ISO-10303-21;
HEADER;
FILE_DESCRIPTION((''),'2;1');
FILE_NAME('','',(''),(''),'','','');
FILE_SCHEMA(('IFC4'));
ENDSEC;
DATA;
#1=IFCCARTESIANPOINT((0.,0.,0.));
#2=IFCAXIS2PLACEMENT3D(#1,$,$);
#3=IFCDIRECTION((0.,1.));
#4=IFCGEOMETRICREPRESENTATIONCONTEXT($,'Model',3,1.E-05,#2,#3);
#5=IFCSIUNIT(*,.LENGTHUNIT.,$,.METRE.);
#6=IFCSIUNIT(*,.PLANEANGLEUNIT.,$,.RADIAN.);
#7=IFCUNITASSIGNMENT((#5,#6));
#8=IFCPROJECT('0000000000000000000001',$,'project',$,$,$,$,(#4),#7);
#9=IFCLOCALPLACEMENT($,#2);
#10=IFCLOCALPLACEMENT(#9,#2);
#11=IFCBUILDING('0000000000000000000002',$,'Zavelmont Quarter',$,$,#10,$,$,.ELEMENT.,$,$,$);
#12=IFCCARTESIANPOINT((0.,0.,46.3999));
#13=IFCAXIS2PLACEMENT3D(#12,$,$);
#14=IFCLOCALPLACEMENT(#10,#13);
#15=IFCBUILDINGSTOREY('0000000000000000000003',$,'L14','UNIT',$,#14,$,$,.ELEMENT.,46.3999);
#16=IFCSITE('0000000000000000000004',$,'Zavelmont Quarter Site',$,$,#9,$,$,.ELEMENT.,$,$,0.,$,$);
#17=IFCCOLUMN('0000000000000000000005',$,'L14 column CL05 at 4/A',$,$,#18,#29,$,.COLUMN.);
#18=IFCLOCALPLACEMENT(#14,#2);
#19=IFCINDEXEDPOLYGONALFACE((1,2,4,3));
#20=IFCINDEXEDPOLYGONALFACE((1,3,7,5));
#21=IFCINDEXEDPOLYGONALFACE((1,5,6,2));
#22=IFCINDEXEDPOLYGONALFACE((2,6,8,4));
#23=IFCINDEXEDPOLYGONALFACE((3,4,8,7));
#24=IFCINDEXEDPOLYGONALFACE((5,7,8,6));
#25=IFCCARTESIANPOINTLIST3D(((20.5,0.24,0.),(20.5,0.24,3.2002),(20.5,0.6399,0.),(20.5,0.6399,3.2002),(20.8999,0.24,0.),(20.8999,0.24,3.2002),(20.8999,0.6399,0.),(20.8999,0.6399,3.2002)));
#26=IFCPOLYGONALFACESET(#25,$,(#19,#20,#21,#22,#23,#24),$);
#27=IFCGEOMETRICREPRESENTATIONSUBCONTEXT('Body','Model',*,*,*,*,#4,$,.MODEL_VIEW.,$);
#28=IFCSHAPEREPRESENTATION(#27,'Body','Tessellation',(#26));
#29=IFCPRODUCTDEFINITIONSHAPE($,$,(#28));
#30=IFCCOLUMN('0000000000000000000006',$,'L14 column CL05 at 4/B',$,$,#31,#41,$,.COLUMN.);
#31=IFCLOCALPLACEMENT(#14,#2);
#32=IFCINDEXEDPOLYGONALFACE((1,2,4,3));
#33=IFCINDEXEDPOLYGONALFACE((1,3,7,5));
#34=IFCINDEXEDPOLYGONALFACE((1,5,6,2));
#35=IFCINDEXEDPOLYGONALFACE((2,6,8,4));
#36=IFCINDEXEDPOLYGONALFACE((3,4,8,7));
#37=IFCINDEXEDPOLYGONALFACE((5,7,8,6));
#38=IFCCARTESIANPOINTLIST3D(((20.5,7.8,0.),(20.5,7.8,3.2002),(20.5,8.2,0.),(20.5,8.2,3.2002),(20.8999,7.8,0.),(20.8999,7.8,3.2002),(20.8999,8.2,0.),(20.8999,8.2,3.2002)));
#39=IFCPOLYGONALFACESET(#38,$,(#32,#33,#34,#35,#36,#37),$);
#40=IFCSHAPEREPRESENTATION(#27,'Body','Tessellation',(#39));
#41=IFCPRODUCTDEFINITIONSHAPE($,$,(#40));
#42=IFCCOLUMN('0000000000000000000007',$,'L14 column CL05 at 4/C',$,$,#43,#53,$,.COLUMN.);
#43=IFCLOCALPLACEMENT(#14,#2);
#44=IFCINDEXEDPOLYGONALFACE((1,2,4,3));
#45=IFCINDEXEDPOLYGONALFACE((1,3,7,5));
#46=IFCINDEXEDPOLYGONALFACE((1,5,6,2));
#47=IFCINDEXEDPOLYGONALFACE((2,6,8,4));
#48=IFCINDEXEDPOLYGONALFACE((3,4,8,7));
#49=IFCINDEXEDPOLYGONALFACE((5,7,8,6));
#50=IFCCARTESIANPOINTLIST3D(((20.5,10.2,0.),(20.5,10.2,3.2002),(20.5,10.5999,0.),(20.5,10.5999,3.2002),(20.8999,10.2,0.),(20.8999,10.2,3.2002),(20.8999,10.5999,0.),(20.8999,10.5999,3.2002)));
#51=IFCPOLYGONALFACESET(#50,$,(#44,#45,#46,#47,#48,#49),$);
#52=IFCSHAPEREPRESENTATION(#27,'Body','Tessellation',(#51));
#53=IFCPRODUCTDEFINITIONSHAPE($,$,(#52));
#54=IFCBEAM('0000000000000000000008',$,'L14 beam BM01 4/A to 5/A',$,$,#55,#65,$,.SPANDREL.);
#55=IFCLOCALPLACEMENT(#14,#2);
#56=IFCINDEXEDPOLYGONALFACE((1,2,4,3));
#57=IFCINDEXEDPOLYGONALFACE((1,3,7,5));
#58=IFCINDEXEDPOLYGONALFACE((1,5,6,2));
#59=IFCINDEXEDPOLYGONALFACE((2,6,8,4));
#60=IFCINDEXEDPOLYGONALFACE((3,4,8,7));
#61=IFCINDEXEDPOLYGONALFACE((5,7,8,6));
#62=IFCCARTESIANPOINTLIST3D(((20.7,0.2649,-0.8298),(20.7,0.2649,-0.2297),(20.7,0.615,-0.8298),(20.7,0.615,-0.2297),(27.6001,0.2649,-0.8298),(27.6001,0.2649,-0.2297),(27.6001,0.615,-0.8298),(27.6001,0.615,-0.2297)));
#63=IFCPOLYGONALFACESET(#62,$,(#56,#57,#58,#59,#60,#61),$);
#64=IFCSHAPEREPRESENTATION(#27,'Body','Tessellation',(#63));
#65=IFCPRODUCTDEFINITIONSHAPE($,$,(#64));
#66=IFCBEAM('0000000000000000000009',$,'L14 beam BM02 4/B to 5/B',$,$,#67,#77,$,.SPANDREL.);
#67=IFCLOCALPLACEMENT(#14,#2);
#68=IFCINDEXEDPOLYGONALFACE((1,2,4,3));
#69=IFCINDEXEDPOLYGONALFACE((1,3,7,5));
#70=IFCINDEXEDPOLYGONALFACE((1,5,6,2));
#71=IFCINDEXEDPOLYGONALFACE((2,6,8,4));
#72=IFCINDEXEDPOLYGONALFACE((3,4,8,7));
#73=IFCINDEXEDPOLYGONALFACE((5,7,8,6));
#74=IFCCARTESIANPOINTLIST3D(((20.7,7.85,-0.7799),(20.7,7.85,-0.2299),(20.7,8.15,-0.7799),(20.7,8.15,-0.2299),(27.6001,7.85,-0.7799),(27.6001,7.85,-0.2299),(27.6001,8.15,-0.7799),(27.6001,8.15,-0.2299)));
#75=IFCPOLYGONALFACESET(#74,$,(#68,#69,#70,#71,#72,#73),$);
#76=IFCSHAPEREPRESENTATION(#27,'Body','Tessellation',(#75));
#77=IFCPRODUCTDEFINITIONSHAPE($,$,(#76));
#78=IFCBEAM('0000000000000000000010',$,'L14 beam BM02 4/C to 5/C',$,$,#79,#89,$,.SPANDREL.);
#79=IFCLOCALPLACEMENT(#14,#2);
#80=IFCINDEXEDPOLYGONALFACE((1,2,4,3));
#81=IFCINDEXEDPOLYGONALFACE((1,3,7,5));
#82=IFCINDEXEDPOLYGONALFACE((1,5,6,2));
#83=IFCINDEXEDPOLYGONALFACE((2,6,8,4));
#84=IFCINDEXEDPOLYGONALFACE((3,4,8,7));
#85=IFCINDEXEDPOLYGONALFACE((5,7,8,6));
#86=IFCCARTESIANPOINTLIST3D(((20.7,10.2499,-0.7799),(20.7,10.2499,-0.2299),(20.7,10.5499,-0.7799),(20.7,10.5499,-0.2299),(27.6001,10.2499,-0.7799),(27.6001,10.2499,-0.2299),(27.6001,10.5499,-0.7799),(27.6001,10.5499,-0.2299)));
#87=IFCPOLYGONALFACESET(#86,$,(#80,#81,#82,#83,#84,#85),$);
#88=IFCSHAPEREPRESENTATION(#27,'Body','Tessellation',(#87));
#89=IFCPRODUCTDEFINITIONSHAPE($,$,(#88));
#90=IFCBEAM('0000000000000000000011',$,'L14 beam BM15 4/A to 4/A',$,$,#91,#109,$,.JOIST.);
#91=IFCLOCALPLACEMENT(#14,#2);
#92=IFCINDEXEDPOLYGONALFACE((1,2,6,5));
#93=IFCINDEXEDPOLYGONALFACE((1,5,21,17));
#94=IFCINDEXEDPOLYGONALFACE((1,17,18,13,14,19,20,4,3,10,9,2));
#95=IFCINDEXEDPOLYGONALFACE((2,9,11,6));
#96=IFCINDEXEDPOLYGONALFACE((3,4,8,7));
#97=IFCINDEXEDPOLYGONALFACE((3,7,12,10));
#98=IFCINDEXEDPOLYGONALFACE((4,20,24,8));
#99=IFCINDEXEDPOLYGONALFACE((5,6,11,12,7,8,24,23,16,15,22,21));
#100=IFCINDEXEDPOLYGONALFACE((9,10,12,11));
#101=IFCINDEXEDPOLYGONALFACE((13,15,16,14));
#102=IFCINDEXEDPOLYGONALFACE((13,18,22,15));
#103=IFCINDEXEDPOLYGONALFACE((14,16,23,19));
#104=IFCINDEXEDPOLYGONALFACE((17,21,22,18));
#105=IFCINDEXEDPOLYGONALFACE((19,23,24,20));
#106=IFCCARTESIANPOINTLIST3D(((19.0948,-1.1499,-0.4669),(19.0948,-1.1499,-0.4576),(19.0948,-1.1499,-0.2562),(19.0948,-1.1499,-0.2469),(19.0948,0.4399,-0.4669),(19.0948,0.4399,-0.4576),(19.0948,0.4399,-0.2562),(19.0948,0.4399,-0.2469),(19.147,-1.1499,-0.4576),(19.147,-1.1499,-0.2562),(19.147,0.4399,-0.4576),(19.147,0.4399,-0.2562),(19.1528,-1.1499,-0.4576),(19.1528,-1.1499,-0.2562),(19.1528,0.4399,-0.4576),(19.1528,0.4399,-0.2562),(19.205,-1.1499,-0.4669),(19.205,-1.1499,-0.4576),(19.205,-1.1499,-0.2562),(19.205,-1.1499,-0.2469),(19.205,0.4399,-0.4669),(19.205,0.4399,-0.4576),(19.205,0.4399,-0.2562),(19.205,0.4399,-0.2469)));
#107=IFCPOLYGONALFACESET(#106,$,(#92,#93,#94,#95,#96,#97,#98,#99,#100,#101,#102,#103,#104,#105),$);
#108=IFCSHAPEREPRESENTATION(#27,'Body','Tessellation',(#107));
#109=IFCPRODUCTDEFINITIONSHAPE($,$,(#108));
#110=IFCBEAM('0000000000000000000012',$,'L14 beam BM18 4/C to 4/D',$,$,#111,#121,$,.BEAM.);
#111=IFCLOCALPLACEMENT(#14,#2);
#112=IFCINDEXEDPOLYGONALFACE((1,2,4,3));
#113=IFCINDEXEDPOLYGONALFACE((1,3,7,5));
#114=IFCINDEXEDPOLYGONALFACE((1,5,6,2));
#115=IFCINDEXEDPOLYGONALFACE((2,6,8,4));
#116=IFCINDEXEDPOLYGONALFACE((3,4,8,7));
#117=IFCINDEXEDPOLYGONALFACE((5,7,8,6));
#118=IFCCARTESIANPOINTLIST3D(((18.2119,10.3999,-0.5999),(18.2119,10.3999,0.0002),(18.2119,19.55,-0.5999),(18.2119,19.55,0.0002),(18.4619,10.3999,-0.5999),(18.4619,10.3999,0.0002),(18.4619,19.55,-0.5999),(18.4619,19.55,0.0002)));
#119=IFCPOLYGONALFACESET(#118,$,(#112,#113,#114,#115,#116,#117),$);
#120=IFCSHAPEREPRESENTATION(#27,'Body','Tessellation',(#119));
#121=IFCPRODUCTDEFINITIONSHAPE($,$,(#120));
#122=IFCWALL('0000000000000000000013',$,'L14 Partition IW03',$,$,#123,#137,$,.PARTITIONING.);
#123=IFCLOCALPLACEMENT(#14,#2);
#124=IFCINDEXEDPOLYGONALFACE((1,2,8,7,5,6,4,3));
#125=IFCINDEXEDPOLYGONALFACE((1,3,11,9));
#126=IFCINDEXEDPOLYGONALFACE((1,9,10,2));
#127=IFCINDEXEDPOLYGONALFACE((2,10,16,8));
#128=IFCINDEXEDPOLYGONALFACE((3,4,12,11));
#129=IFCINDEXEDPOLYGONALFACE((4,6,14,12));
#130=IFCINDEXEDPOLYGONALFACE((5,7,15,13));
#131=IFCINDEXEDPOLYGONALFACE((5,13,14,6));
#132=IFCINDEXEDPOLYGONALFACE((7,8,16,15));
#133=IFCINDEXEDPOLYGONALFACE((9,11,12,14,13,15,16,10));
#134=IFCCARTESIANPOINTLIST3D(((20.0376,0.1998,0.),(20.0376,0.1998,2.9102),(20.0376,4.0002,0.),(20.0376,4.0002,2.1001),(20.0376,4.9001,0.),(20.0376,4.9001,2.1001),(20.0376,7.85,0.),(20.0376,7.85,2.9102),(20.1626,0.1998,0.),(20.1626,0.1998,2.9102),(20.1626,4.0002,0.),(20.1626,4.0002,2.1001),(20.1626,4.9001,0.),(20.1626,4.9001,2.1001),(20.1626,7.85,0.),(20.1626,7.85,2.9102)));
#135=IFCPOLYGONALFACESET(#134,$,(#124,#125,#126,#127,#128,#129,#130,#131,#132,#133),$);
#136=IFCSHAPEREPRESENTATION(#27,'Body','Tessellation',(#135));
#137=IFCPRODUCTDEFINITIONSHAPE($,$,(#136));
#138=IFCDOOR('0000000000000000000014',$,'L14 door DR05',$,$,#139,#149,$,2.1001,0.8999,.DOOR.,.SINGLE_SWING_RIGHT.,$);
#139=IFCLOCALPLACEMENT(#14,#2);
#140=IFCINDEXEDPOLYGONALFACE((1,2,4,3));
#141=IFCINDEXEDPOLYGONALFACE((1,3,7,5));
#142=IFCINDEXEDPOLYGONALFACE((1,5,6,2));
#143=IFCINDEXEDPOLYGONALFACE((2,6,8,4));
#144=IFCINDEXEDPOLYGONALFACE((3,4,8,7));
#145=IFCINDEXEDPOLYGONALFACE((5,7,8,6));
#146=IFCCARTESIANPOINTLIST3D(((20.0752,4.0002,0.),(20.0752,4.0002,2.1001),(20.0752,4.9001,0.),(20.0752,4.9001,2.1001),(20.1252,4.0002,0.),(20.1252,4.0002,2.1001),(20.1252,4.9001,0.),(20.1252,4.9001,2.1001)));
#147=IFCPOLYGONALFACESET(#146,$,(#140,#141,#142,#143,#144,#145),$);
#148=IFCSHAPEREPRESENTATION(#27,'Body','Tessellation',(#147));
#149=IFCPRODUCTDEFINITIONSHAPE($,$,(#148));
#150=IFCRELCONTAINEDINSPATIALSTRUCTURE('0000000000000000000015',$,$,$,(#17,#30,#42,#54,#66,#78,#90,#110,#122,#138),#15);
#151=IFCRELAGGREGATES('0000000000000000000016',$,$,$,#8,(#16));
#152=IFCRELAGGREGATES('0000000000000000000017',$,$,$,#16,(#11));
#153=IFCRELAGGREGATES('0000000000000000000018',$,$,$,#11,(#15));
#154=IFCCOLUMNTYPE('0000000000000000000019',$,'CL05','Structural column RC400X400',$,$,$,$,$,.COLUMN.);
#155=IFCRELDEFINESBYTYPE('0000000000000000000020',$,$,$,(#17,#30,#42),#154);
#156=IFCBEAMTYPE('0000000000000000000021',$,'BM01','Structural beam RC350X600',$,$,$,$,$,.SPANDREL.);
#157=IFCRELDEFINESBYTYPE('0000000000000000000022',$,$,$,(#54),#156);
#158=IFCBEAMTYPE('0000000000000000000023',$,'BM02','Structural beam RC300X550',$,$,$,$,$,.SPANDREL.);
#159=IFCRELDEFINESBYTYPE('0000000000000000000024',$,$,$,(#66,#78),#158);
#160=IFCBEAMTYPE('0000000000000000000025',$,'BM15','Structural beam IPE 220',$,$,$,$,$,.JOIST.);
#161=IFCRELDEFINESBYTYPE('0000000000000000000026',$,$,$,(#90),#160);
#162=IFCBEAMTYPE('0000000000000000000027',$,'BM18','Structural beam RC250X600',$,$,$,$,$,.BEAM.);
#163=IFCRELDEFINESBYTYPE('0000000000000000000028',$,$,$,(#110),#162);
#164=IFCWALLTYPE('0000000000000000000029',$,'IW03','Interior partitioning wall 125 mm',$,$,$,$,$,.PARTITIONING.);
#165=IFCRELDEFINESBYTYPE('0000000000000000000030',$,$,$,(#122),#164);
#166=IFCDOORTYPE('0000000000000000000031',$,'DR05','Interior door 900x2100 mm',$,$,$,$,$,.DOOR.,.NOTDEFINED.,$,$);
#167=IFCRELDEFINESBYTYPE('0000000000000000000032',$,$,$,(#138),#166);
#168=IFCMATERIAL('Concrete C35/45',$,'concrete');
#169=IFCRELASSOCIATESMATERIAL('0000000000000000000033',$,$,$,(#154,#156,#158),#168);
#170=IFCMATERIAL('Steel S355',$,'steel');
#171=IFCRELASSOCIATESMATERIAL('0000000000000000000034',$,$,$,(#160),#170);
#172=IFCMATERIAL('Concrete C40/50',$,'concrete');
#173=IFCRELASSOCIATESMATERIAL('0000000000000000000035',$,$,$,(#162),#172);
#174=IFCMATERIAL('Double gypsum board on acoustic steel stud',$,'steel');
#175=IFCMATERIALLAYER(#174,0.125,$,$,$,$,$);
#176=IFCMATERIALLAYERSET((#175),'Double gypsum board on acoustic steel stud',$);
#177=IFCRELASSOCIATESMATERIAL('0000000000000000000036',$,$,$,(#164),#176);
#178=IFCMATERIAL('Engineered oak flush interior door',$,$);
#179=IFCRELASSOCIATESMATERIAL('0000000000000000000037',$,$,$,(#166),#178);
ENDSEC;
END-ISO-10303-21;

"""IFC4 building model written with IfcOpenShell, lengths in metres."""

from ifc_helpers import new_model, si_unit, direction, frame, frame_2d, origin, origin_2d, place, context, subcontext, project, spatial, rectangle, i_section, extrude, material, layer, layer_set, material_profile, profile_set, type_object, element, fill, save


model = new_model("IFC4")

# Units and contexts
model_context = context("Model", 3, precision=1e-05, world=origin(), true_north=direction((0.0, 1.0)))
body_context = subcontext(model_context, "Body", "Model", "MODEL_VIEW")
ifc_project = project(units=[si_unit("LENGTHUNIT", "METRE"), si_unit("PLANEANGLEUNIT", "RADIAN")], contexts=[model_context])

# Site, building, storey
site_placement = place(None, origin())
site = spatial("IfcSite", under=ifc_project, at=site_placement, Name="Zavelmont Quarter Site", CompositionType="ELEMENT", RefElevation=0.0)
building_placement = place(site_placement, origin())
building = spatial("IfcBuilding", under=site, at=building_placement, Name="Zavelmont Quarter", CompositionType="ELEMENT")
storey_placement = place(building_placement, frame((0.0, 0.0, 46.3999)))
storey = spatial("IfcBuildingStorey", under=building, at=storey_placement, Name="L14", Description="UNIT", CompositionType="ELEMENT", Elevation=46.3999)

# Columns
ifc_material_1 = material(Name="Concrete C35/45", Category="concrete")
ifc_material_profile_1 = material_profile(ifc_material_1, rectangle(XDim=0.3999, YDim=0.3999, at=origin_2d()), Name="RC400X400")
ifc_profile_set_1 = profile_set([ifc_material_profile_1], Name="Concrete C35/45")
column_type = type_object("IfcColumnType", Name="CL05", Description="Structural column RC400X400", PredefinedType="COLUMN", material=ifc_profile_set_1)
for number, where, z_axis, x_axis, name in (
    (1, (20.7, 0.4399, 0.0), (0.0, 0.0, 1.0), (1.0, 0.0, 0.0), "L14 column CL05 at 4/A"),
    (2, (20.7, 8.0, 0.0), (0.0, 0.0, 1.0), (1.0, 0.0, 0.0), "L14 column CL05 at 4/B"),
    (3, (20.7, 10.3999, 0.0), (0.0, 0.0, 1.0), (1.0, 0.0, 0.0), "L14 column CL05 at 4/C"),
):
    element("IfcColumn", number, at=place(storey_placement, frame(where, z_axis=z_axis, x_axis=x_axis)), inside=storey, type_object=column_type, Name=name, PredefinedType="COLUMN", context=body_context, shape_type="SweptSolid", body=[
        extrude(rectangle(XDim=0.3999, YDim=0.3999, at=origin_2d()), origin(), (0.0, 0.0, 1.0), 3.2002),
    ])

# Beams
ifc_material_profile_2 = material_profile(ifc_material_1, rectangle(XDim=0.3501, YDim=0.6001, at=origin_2d()), Name="RC350X600")
ifc_profile_set_2 = profile_set([ifc_material_profile_2], Name="Concrete C35/45")
beam_type_1 = type_object("IfcBeamType", Name="BM01", Description="Structural beam RC350X600", PredefinedType="SPANDREL", material=ifc_profile_set_2)
beam_1_placement = place(storey_placement, frame((20.7, 0.4399, -0.5298), z_axis=(1.0, 0.0, 0.0), x_axis=(0.0, 1.0, 0.0)))
element("IfcBeam", 4, at=beam_1_placement, inside=storey, type_object=beam_type_1, Name="L14 beam BM01 4/A to 5/A", PredefinedType="SPANDREL", context=body_context, shape_type="SweptSolid", body=[
    extrude(rectangle(XDim=0.3501, YDim=0.6001, at=origin_2d()), origin(), (0.0, 0.0, 1.0), 6.9001),
])
ifc_material_profile_3 = material_profile(ifc_material_1, rectangle(XDim=0.3, YDim=0.55, at=origin_2d()), Name="RC300X550")
ifc_profile_set_3 = profile_set([ifc_material_profile_3], Name="Concrete C35/45")
beam_type_2 = type_object("IfcBeamType", Name="BM02", Description="Structural beam RC300X550", PredefinedType="SPANDREL", material=ifc_profile_set_3)
for number, where, z_axis, x_axis, name in (
    (5, (20.7, 8.0, -0.5049), (1.0, 0.0, 0.0), (0.0, 1.0, 0.0), "L14 beam BM02 4/B to 5/B"),
    (6, (20.7, 10.3999, -0.5049), (1.0, 0.0, 0.0), (0.0, 1.0, 0.0), "L14 beam BM02 4/C to 5/C"),
):
    element("IfcBeam", number, at=place(storey_placement, frame(where, z_axis=z_axis, x_axis=x_axis)), inside=storey, type_object=beam_type_2, Name=name, PredefinedType="SPANDREL", context=body_context, shape_type="SweptSolid", body=[
        extrude(rectangle(XDim=0.3, YDim=0.55, at=origin_2d()), origin(), (0.0, 0.0, 1.0), 6.9001),
    ])
ifc_material_2 = material(Name="Steel S355", Category="steel")
ifc_material_profile_4 = material_profile(ifc_material_2, i_section(OverallWidth=0.1101, OverallDepth=0.22, WebThickness=0.0059, FlangeThickness=0.0093, at=origin_2d()), Name="IPE 220")
ifc_profile_set_4 = profile_set([ifc_material_profile_4], Name="Steel S355")
beam_type_3 = type_object("IfcBeamType", Name="BM15", Description="Structural beam IPE 220", PredefinedType="JOIST", material=ifc_profile_set_4)
beam_2_placement = place(storey_placement, frame((19.1499, 0.4399, -0.3569), z_axis=(0.0, -1.0, 0.0), x_axis=(1.0, 0.0, 0.0)))
element("IfcBeam", 7, at=beam_2_placement, inside=storey, type_object=beam_type_3, Name="L14 beam BM15 4/A to 4/A", PredefinedType="JOIST", context=body_context, shape_type="SweptSolid", body=[
    extrude(i_section(OverallWidth=0.1101, OverallDepth=0.22, WebThickness=0.0059, FlangeThickness=0.0093, at=origin_2d()), origin(), (0.0, 0.0, 1.0), 1.5898),
])
ifc_material_3 = material(Name="Concrete C40/50", Category="concrete")
ifc_material_profile_5 = material_profile(ifc_material_3, rectangle(XDim=0.25, YDim=0.6001, at=origin_2d()), Name="RC250X600")
ifc_profile_set_5 = profile_set([ifc_material_profile_5], Name="Concrete C40/50")
beam_type_4 = type_object("IfcBeamType", Name="BM18", Description="Structural beam RC250X600", PredefinedType="BEAM", material=ifc_profile_set_5)
beam_3_placement = place(storey_placement, frame((18.3369, 10.3999, -0.2998), z_axis=(0.0, 1.0, 0.0), x_axis=(-1.0, 0.0, 0.0)))
element("IfcBeam", 8, at=beam_3_placement, inside=storey, type_object=beam_type_4, Name="L14 beam BM18 4/C to 4/D", PredefinedType="BEAM", context=body_context, shape_type="SweptSolid", body=[
    extrude(rectangle(XDim=0.25, YDim=0.6001, at=origin_2d()), origin(), (0.0, 0.0, 1.0), 9.1501),
])

# Wall, opening, door
ifc_material_4 = material(Name="Double gypsum board on acoustic steel stud", Category="steel")
ifc_layer_1 = layer(ifc_material_4, 0.125)
ifc_layer_set_1 = layer_set([ifc_layer_1], Name="Double gypsum board on acoustic steel stud")
wall_type_1 = type_object("IfcWallType", Name="IW03", Description="Interior partitioning wall 125 mm", PredefinedType="PARTITIONING", material=ifc_layer_set_1)
wall_1_placement = place(storey_placement, frame((20.1001, 7.8501, 0.0), z_axis=(0.0, 0.0, 1.0), x_axis=(0.0, -1.0, 0.0)))
wall_1 = element("IfcWall", 9, at=wall_1_placement, inside=storey, type_object=wall_type_1, Name="L14 Partition IW03", PredefinedType="PARTITIONING", context=body_context, shape_type="SweptSolid", body=[
    extrude(rectangle(XDim=7.6501, YDim=0.125, at=frame_2d((3.8252, 0.0))), origin(), (0.0, 0.0, 1.0), 2.9102),
])
opening_1_placement = place(wall_1_placement, frame((2.95, 0.0, 0.0)))
opening_1 = element("IfcOpeningElement", 10, at=opening_1_placement, cuts=wall_1, PredefinedType="OPENING", context=body_context, shape_type="SweptSolid", body=[
    extrude(rectangle(XDim=0.8999, YDim=2.1001, at=frame_2d((0.45, 1.05))), frame((0.0, 0.0745, 0.0), z_axis=(0.0, -1.0, 0.0), x_axis=(1.0, 0.0, 0.0)), (0.0, 0.0, 1.0), 0.1489),
])
ifc_material_5 = material(Name="Engineered oak flush interior door")
door_type_1 = type_object("IfcDoorType", Name="DR05", Description="Interior door 900x2100 mm", OperationType="NOTDEFINED", PredefinedType="DOOR", material=ifc_material_5)
door_1_placement = place(opening_1_placement, frame((0.8999, 0.0, 0.0), z_axis=(0.0, 0.0, 1.0), x_axis=(-1.0, 0.0, 0.0)))
door_1 = element("IfcDoor", 11, at=door_1_placement, inside=storey, type_object=door_type_1, Name="L14 door DR05", OperationType="SINGLE_SWING_RIGHT", OverallHeight=2.1001, OverallWidth=0.8999, PredefinedType="DOOR", context=body_context, shape_type="SweptSolid", body=[
    extrude(rectangle(XDim=0.8999, YDim=2.1001, at=frame_2d((0.45, 1.05))), frame((0.0, 0.0249, 0.0), z_axis=(0.0, -1.0, 0.0), x_axis=(1.0, 0.0, 0.0)), (0.0, 0.0, 1.0), 0.05),
])
fill(opening_1, door_1)

save(model, "model.ifc")
